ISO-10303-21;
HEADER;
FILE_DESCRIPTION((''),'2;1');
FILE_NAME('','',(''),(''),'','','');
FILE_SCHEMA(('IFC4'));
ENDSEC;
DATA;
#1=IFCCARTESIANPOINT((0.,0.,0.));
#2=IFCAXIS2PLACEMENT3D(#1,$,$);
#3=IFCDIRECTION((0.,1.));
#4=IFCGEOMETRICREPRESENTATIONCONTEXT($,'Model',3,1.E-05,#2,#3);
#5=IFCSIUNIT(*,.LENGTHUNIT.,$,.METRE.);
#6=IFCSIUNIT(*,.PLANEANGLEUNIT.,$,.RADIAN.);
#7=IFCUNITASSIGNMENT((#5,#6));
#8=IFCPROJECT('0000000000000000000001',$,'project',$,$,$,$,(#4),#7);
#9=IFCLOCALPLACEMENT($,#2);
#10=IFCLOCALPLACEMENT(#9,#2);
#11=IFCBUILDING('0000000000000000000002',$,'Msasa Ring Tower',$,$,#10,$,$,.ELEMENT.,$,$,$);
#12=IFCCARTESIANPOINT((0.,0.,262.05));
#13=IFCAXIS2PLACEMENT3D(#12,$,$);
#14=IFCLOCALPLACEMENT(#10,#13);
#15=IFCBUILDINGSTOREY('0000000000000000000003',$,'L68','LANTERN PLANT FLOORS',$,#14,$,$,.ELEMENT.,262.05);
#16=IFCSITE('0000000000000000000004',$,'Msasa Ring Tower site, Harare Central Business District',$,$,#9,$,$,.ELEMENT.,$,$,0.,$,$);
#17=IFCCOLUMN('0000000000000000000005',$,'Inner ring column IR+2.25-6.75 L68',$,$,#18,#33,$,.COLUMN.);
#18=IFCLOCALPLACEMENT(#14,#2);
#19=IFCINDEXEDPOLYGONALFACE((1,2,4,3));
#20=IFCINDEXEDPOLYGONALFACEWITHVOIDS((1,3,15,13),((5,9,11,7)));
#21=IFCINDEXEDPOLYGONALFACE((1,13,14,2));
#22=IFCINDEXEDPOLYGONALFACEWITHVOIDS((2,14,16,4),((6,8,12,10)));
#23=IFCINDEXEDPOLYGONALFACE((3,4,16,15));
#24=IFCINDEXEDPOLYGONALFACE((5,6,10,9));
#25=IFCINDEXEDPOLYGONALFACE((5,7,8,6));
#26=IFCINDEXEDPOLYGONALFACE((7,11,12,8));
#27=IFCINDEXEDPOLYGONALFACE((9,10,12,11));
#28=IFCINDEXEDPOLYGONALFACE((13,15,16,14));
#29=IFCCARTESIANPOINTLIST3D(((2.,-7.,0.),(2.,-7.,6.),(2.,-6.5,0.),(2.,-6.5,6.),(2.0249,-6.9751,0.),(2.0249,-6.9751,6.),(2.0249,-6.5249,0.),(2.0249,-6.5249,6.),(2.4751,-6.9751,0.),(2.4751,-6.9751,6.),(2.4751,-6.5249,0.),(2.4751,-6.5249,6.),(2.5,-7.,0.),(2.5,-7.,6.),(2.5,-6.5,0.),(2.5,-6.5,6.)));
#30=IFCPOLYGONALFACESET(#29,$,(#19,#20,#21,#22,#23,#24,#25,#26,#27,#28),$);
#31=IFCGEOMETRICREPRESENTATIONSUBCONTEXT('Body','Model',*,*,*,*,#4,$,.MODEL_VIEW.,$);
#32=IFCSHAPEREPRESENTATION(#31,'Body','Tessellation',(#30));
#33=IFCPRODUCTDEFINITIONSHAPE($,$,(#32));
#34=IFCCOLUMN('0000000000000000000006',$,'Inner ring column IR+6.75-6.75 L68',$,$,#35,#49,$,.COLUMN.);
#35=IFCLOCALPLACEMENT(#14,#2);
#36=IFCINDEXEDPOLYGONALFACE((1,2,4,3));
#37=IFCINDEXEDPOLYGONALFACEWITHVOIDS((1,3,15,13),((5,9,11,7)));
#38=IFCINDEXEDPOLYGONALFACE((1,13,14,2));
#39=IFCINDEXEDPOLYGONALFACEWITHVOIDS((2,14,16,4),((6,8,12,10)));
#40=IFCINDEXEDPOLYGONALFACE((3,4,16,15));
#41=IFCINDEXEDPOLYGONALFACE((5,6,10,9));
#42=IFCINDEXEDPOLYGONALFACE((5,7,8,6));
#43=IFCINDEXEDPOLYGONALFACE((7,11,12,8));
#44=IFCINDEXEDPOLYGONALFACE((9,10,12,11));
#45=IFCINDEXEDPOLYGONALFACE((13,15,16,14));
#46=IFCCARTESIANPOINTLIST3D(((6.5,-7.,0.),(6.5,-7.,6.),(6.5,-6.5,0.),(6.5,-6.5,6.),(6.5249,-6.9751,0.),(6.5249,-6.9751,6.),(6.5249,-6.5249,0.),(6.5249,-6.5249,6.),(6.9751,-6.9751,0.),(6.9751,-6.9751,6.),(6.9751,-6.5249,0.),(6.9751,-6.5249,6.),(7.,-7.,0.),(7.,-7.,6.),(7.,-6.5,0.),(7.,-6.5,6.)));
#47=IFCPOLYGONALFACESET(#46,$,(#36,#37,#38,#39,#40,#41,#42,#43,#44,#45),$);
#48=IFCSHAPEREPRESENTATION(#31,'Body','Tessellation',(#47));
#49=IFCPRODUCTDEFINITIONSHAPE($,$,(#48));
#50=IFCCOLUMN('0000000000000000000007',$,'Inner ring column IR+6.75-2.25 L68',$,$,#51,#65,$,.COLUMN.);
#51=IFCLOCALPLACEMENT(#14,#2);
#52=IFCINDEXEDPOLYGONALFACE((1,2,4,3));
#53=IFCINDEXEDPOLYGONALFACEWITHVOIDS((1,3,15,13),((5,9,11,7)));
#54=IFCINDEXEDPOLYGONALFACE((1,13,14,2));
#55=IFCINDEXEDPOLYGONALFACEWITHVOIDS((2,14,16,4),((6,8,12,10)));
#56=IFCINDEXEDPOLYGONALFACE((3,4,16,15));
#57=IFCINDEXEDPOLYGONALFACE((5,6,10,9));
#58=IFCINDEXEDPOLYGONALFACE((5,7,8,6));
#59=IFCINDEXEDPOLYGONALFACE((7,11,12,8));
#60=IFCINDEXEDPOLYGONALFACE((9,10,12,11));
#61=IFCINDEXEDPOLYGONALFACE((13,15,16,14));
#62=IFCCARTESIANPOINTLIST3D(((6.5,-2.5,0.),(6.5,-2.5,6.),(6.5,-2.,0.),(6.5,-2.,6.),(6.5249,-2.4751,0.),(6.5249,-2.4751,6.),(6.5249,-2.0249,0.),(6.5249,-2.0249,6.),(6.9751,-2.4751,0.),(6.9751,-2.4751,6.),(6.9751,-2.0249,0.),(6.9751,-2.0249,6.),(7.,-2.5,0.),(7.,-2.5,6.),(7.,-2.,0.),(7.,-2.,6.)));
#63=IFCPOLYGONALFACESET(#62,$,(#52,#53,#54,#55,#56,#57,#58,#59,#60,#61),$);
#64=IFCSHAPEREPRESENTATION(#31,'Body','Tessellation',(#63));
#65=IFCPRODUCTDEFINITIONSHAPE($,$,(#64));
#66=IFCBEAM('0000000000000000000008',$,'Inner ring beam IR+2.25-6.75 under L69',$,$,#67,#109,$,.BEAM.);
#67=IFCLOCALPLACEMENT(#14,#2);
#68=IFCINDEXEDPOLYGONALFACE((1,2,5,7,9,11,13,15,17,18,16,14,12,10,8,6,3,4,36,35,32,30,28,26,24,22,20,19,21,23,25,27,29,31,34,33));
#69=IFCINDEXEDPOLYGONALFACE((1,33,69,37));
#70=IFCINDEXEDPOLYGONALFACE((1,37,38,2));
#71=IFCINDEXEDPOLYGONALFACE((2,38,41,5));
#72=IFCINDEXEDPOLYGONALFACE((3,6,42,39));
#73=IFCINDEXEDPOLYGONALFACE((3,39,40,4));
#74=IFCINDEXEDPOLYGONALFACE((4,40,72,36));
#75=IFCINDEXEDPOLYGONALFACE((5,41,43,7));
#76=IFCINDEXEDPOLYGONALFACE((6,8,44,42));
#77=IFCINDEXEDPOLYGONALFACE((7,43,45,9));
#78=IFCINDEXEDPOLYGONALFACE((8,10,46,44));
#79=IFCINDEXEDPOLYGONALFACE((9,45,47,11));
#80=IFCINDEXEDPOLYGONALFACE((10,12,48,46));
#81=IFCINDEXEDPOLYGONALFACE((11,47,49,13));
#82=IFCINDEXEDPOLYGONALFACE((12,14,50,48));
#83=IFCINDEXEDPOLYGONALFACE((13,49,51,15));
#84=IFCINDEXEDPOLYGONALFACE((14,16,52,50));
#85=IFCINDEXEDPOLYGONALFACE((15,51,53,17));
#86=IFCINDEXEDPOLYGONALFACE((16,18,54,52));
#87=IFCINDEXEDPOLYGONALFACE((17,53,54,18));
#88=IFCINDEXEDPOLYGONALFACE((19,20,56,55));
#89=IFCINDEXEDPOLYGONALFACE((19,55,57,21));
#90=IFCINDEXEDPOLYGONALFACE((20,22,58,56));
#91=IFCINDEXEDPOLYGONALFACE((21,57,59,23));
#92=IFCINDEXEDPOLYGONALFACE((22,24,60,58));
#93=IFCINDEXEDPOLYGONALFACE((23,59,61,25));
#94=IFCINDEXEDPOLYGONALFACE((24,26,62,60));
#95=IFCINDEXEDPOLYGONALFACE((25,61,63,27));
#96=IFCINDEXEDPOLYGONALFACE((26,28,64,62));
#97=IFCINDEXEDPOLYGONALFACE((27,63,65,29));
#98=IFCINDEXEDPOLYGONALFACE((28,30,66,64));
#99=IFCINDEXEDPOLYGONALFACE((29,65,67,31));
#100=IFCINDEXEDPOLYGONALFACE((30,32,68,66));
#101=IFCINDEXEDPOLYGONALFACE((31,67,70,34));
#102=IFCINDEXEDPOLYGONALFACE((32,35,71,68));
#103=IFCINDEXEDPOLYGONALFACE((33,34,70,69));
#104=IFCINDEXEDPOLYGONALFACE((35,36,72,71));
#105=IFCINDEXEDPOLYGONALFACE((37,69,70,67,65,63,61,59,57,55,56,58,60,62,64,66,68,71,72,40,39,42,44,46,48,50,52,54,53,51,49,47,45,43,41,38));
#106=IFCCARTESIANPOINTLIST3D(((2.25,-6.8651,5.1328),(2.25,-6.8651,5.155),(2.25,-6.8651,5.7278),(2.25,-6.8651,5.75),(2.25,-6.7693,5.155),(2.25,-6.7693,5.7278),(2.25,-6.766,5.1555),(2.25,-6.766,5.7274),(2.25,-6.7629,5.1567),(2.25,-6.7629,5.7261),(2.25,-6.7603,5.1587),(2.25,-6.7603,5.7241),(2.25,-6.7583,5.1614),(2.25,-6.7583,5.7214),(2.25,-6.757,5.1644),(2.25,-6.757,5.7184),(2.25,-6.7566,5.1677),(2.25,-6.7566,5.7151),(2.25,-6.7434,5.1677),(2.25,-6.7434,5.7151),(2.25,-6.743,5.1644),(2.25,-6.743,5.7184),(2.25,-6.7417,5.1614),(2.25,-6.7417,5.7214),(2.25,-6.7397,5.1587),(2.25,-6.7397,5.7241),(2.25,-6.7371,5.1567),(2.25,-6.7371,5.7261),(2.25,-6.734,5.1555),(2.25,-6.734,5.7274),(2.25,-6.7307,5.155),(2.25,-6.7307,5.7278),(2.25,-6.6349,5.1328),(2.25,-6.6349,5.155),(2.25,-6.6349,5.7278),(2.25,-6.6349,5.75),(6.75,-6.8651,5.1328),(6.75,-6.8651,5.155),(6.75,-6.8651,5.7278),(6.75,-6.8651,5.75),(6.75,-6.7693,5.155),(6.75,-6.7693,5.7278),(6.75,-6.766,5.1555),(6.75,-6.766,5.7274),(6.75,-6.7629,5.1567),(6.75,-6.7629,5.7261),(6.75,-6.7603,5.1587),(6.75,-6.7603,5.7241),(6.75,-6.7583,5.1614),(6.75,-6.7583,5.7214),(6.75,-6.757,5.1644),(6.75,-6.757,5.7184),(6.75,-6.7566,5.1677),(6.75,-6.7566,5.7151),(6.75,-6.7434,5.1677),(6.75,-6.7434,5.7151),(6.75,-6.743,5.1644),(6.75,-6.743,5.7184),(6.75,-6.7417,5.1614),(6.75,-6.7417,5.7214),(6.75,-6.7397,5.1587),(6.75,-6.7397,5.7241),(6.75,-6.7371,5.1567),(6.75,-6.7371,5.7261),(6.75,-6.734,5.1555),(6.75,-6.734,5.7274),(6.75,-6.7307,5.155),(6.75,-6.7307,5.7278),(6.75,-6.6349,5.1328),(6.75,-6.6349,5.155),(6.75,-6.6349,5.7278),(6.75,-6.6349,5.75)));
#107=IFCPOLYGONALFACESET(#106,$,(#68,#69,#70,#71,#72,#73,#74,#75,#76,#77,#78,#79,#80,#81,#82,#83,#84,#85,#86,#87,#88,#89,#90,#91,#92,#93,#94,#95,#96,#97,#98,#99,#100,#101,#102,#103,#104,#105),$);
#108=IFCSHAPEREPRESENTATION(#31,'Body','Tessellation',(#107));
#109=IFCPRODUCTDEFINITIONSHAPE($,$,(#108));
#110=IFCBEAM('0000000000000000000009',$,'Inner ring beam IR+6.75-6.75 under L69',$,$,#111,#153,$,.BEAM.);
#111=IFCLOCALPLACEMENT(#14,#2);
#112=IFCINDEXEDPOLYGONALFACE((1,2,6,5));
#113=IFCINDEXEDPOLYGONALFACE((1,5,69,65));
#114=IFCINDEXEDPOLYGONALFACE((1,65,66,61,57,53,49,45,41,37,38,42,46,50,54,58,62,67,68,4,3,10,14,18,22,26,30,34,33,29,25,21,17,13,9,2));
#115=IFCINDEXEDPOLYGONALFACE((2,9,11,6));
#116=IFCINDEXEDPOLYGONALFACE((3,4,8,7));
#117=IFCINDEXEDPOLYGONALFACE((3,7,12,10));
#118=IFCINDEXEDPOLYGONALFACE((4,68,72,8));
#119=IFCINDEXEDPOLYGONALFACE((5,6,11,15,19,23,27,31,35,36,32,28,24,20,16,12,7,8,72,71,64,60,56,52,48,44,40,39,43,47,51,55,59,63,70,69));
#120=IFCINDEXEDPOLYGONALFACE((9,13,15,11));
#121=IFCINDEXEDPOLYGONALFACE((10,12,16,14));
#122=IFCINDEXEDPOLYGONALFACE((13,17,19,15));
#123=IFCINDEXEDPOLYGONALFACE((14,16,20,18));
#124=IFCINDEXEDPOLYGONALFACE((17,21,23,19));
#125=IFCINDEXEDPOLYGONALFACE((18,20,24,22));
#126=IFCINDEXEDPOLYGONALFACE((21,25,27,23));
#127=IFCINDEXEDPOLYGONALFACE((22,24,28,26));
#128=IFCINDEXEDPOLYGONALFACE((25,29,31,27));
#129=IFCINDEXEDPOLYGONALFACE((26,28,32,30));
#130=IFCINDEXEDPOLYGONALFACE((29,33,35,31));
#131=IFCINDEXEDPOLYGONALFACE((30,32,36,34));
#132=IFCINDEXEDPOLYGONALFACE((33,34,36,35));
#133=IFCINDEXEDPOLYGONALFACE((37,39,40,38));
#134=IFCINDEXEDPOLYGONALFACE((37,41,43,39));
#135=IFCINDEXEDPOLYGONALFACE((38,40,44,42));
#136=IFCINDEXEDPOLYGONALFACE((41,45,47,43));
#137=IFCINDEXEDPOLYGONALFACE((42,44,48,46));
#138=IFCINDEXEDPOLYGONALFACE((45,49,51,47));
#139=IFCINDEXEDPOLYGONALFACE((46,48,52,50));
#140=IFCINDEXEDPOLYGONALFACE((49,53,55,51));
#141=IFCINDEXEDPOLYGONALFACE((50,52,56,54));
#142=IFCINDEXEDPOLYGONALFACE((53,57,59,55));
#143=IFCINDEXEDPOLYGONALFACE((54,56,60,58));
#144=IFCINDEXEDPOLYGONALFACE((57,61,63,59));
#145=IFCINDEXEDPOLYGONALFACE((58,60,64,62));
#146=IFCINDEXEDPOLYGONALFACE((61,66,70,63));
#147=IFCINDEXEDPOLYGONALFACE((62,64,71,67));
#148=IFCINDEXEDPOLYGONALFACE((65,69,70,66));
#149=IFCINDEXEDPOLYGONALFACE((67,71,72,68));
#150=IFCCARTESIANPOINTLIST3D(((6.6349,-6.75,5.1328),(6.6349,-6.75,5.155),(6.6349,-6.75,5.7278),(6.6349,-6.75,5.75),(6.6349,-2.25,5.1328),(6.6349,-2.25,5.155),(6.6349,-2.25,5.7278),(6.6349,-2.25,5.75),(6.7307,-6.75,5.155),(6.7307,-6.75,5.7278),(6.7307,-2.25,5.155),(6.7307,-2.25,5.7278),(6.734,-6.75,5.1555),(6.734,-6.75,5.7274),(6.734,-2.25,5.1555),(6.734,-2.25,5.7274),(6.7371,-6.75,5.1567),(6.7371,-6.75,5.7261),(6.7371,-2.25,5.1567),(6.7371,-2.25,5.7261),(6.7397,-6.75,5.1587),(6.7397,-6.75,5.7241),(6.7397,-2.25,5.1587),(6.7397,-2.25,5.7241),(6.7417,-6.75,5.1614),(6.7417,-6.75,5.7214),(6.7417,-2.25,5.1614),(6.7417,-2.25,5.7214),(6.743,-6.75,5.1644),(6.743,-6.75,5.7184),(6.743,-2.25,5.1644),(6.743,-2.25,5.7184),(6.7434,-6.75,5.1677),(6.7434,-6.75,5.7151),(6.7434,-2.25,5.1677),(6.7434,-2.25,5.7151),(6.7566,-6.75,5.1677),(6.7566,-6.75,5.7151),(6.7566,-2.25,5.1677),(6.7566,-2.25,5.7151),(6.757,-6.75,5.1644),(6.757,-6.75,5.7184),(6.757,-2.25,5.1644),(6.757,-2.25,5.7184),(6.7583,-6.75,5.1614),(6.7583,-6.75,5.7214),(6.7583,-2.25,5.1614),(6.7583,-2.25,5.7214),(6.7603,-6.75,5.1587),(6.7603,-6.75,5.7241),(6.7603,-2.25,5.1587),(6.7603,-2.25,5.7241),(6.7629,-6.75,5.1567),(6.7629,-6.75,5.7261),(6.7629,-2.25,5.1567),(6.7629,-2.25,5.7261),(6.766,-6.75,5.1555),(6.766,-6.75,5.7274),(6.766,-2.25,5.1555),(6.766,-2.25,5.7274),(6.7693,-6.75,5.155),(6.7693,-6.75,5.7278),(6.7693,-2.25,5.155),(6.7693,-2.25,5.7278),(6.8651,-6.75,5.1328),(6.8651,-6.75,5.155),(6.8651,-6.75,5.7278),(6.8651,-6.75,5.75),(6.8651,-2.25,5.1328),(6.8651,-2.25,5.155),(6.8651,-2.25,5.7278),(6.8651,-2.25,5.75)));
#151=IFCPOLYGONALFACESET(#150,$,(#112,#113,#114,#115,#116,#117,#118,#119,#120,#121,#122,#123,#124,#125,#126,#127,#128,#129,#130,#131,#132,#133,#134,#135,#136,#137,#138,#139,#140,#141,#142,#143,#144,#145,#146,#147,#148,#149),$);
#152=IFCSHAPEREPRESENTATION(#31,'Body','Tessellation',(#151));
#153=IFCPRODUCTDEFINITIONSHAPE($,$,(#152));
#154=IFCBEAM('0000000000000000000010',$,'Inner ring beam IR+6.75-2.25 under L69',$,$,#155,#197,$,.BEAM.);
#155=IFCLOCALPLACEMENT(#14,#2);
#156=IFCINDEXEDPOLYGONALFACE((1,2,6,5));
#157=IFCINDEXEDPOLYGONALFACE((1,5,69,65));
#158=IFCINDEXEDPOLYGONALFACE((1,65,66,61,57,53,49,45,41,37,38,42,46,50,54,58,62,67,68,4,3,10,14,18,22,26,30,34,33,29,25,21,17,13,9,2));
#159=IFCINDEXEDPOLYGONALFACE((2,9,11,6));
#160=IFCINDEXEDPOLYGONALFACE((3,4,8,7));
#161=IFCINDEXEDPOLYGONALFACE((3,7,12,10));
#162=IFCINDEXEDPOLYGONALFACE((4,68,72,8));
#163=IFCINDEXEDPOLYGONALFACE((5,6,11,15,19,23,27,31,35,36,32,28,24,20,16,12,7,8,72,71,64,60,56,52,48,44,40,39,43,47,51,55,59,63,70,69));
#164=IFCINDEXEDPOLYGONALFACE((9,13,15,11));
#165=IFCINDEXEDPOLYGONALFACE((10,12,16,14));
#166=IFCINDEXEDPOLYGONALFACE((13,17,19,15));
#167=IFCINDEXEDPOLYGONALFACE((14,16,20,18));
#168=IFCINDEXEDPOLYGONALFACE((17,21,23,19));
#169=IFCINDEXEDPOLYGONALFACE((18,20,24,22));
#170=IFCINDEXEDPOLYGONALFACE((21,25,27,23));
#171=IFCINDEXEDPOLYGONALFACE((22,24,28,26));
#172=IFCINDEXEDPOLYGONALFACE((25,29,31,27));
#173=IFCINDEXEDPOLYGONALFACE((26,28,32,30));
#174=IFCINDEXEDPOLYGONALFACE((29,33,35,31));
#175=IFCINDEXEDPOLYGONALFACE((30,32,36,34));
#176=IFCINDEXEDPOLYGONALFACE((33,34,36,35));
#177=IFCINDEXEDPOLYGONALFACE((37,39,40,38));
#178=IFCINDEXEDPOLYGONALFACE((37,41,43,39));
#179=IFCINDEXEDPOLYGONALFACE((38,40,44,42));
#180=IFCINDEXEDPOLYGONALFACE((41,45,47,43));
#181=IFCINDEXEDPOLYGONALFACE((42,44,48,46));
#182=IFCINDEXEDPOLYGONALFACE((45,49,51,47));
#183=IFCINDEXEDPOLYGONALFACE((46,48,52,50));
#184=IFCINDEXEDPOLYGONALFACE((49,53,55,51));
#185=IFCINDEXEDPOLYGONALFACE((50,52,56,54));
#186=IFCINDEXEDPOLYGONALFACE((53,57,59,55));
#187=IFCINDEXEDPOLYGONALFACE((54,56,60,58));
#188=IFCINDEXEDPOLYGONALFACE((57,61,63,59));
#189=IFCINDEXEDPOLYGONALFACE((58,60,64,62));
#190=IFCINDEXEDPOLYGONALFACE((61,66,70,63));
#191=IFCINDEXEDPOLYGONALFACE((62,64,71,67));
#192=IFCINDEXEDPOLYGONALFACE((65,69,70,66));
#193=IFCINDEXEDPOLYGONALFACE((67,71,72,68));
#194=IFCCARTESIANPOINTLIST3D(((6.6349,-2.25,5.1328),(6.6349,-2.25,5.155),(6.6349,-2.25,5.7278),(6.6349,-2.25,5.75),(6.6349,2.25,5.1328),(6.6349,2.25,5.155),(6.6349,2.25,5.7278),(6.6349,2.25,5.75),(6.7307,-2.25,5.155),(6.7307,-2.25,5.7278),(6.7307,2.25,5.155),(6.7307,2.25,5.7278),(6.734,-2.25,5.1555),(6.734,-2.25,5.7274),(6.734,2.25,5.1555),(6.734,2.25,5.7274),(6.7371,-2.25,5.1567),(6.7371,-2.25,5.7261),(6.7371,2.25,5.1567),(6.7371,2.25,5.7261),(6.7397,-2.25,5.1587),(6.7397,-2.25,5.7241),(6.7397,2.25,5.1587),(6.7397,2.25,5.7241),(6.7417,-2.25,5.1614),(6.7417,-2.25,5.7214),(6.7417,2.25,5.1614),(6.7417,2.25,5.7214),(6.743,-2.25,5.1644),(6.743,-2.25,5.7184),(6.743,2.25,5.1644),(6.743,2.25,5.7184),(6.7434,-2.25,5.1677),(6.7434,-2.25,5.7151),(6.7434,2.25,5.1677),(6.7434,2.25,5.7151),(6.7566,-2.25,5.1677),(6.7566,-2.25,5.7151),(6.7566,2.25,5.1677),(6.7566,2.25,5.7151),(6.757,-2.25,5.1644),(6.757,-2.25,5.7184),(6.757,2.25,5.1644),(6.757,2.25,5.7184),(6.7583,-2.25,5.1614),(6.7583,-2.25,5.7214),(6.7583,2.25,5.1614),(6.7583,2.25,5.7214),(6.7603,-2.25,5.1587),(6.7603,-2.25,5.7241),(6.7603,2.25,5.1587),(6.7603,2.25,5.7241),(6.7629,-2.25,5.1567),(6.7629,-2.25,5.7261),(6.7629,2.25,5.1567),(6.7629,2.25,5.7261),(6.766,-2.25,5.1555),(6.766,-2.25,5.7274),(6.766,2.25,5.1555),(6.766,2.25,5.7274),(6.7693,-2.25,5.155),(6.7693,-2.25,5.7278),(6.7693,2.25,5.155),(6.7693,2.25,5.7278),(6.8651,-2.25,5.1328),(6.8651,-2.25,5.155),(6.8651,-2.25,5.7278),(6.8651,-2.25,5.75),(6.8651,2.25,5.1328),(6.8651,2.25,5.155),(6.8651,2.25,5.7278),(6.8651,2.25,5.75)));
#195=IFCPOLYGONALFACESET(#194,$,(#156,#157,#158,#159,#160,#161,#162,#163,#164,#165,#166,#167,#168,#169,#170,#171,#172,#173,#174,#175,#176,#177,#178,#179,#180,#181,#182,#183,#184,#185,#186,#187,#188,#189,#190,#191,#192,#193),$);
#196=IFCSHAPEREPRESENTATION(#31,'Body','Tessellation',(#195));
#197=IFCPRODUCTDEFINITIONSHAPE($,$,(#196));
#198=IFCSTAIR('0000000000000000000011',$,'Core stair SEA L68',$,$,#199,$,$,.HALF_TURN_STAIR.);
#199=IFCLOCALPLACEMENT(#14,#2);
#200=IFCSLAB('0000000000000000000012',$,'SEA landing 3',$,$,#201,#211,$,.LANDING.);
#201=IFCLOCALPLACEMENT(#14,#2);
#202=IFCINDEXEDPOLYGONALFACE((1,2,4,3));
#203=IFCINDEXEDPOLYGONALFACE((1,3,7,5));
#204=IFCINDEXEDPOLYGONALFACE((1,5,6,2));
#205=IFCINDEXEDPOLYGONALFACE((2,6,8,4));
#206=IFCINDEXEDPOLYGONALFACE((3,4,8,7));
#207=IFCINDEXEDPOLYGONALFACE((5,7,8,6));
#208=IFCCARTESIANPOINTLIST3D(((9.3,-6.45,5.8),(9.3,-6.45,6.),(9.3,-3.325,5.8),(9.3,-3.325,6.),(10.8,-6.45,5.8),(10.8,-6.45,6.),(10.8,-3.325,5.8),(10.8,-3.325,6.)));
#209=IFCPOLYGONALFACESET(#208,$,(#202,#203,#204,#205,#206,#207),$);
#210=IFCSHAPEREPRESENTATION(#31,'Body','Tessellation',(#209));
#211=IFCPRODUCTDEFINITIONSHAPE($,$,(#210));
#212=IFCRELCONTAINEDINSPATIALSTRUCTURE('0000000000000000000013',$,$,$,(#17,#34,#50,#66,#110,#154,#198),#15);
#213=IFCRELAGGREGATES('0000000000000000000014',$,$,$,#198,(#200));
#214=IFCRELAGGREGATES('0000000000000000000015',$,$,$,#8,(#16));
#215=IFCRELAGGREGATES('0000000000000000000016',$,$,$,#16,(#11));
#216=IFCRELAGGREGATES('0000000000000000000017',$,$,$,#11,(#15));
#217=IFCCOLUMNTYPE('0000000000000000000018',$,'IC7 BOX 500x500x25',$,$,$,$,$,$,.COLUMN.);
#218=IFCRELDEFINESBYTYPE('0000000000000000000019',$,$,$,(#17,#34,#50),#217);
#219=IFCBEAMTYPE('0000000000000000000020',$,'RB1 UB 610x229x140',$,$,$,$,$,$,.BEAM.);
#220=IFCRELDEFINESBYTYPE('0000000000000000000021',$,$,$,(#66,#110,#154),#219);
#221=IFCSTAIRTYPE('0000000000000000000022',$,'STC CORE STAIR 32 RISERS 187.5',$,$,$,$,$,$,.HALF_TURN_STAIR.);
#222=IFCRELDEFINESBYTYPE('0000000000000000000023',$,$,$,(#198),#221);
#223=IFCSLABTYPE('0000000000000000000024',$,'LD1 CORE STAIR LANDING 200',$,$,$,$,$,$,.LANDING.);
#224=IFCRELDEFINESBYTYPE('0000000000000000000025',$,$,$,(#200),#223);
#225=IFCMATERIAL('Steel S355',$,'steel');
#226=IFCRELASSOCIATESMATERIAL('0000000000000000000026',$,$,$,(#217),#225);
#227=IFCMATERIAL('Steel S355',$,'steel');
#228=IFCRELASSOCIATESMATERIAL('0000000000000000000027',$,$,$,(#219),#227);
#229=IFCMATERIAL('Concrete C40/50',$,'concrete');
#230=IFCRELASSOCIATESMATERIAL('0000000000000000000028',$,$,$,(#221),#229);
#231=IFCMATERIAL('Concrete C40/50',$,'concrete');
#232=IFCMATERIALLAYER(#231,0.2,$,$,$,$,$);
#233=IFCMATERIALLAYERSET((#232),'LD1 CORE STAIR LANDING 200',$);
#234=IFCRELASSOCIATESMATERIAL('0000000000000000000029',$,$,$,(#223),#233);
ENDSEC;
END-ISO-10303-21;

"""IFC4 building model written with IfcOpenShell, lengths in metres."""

from ifc_helpers import new_model, si_unit, direction, frame, origin, origin_2d, place, context, subcontext, project, spatial, polyline, hollow_rectangle, i_section, outline, extrude, material, layer, layer_set, material_profile, profile_set, type_object, element, aggregate, save


model = new_model("IFC4")

# Units and contexts
model_context = context("Model", 3, precision=1e-05, world=origin(), true_north=direction((0.0, 1.0)))
body_context = subcontext(model_context, "Body", "Model", "MODEL_VIEW")
ifc_project = project(units=[si_unit("LENGTHUNIT", "METRE"), si_unit("PLANEANGLEUNIT", "RADIAN")], contexts=[model_context])

# Site, building, storey
site_placement = place(None, origin())
site = spatial("IfcSite", under=ifc_project, at=site_placement, Name="Msasa Ring Tower site, Harare Central Business District", CompositionType="ELEMENT", RefElevation=0.0)
building_placement = place(site_placement, origin())
building = spatial("IfcBuilding", under=site, at=building_placement, Name="Msasa Ring Tower", CompositionType="ELEMENT")
storey_placement = place(building_placement, frame((0.0, 0.0, 262.05)))
storey = spatial("IfcBuildingStorey", under=building, at=storey_placement, Name="L68", Description="LANTERN PLANT FLOORS", CompositionType="ELEMENT", Elevation=262.05)

# Columns
ifc_material_1 = material(Name="Steel S355", Category="steel")
ifc_material_profile_1 = material_profile(ifc_material_1, hollow_rectangle(XDim=0.5, YDim=0.5, WallThickness=0.0249, at=origin_2d()), Name="BOX 500x500x25")
ifc_profile_set_1 = profile_set([ifc_material_profile_1], Name="Steel S355")
column_type = type_object("IfcColumnType", Name="IC7 BOX 500x500x25", PredefinedType="COLUMN", material=ifc_profile_set_1)
for number, where, z_axis, x_axis, name in (
    (1, (2.25, -6.75, 0.0), (0.0, 0.0, 1.0), (1.0, 0.0, 0.0), "Inner ring column IR+2.25-6.75 L68"),
    (2, (6.75, -6.75, 0.0), (0.0, 0.0, 1.0), (1.0, 0.0, 0.0), "Inner ring column IR+6.75-6.75 L68"),
    (3, (6.75, -2.25, 0.0), (0.0, 0.0, 1.0), (1.0, 0.0, 0.0), "Inner ring column IR+6.75-2.25 L68"),
):
    element("IfcColumn", number, at=place(storey_placement, frame(where, z_axis=z_axis, x_axis=x_axis)), inside=storey, type_object=column_type, Name=name, PredefinedType="COLUMN", context=body_context, shape_type="SweptSolid", body=[
        extrude(hollow_rectangle(XDim=0.5, YDim=0.5, WallThickness=0.0249, at=origin_2d()), origin(), (0.0, 0.0, 1.0), 6.0),
    ])

# Beams
ifc_material_2 = material(Name="Steel S355", Category="steel")
ifc_material_profile_2 = material_profile(ifc_material_2, i_section(OverallWidth=0.2302, OverallDepth=0.6172, WebThickness=0.0132, FlangeThickness=0.0222, FilletRadius=0.0127, at=origin_2d()), Name="UB 610x229x140")
ifc_profile_set_2 = profile_set([ifc_material_profile_2], Name="Steel S355")
beam_type = type_object("IfcBeamType", Name="RB1 UB 610x229x140", PredefinedType="BEAM", material=ifc_profile_set_2)
for number, where, z_axis, x_axis, name in (
    (4, (2.25, -6.75, 5.4414), (1.0, 0.0, 0.0), (0.0, 1.0, 0.0), "Inner ring beam IR+2.25-6.75 under L69"),
    (5, (6.75, -6.75, 5.4414), (0.0, 1.0, 0.0), (-1.0, 0.0, 0.0), "Inner ring beam IR+6.75-6.75 under L69"),
    (6, (6.75, -2.25, 5.4414), (0.0, 1.0, 0.0), (-1.0, 0.0, 0.0), "Inner ring beam IR+6.75-2.25 under L69"),
):
    element("IfcBeam", number, at=place(storey_placement, frame(where, z_axis=z_axis, x_axis=x_axis)), inside=storey, type_object=beam_type, Name=name, PredefinedType="BEAM", context=body_context, shape_type="SweptSolid", body=[
        extrude(i_section(OverallWidth=0.2302, OverallDepth=0.6172, WebThickness=0.0132, FlangeThickness=0.0222, FilletRadius=0.0127, at=origin_2d()), origin(), (0.0, 0.0, 1.0), 4.5),
    ])

# Stair, slab
ifc_material_3 = material(Name="Concrete C40/50", Category="concrete")
stair_type = type_object("IfcStairType", Name="STC CORE STAIR 32 RISERS 187.5", PredefinedType="HALF_TURN_STAIR", material=ifc_material_3)
stair_1_placement = place(storey_placement, origin())
stair_1 = element("IfcStair", 7, at=stair_1_placement, inside=storey, type_object=stair_type, Name="Core stair SEA L68", PredefinedType="HALF_TURN_STAIR")
ifc_material_4 = material(Name="Concrete C40/50", Category="concrete")
ifc_layer_1 = layer(ifc_material_4, 0.2)
ifc_layer_set_1 = layer_set([ifc_layer_1], Name="LD1 CORE STAIR LANDING 200")
slab_type = type_object("IfcSlabType", Name="LD1 CORE STAIR LANDING 200", PredefinedType="LANDING", material=ifc_layer_set_1)
slab_1_placement = place(storey_placement, frame((0.0, 0.0, 5.8)))
slab_1 = element("IfcSlab", 8, at=slab_1_placement, type_object=slab_type, Name="SEA landing 3", PredefinedType="LANDING", context=body_context, shape_type="SweptSolid", body=[
    extrude(outline(polyline([(9.3, -6.45), (10.8, -6.45), (10.8, -3.325), (9.3, -3.325), (9.3, -6.45)])), origin(), (0.0, 0.0, 1.0), 0.2),
])

aggregate(stair_1, [slab_1])

save(model, "model.ifc")
